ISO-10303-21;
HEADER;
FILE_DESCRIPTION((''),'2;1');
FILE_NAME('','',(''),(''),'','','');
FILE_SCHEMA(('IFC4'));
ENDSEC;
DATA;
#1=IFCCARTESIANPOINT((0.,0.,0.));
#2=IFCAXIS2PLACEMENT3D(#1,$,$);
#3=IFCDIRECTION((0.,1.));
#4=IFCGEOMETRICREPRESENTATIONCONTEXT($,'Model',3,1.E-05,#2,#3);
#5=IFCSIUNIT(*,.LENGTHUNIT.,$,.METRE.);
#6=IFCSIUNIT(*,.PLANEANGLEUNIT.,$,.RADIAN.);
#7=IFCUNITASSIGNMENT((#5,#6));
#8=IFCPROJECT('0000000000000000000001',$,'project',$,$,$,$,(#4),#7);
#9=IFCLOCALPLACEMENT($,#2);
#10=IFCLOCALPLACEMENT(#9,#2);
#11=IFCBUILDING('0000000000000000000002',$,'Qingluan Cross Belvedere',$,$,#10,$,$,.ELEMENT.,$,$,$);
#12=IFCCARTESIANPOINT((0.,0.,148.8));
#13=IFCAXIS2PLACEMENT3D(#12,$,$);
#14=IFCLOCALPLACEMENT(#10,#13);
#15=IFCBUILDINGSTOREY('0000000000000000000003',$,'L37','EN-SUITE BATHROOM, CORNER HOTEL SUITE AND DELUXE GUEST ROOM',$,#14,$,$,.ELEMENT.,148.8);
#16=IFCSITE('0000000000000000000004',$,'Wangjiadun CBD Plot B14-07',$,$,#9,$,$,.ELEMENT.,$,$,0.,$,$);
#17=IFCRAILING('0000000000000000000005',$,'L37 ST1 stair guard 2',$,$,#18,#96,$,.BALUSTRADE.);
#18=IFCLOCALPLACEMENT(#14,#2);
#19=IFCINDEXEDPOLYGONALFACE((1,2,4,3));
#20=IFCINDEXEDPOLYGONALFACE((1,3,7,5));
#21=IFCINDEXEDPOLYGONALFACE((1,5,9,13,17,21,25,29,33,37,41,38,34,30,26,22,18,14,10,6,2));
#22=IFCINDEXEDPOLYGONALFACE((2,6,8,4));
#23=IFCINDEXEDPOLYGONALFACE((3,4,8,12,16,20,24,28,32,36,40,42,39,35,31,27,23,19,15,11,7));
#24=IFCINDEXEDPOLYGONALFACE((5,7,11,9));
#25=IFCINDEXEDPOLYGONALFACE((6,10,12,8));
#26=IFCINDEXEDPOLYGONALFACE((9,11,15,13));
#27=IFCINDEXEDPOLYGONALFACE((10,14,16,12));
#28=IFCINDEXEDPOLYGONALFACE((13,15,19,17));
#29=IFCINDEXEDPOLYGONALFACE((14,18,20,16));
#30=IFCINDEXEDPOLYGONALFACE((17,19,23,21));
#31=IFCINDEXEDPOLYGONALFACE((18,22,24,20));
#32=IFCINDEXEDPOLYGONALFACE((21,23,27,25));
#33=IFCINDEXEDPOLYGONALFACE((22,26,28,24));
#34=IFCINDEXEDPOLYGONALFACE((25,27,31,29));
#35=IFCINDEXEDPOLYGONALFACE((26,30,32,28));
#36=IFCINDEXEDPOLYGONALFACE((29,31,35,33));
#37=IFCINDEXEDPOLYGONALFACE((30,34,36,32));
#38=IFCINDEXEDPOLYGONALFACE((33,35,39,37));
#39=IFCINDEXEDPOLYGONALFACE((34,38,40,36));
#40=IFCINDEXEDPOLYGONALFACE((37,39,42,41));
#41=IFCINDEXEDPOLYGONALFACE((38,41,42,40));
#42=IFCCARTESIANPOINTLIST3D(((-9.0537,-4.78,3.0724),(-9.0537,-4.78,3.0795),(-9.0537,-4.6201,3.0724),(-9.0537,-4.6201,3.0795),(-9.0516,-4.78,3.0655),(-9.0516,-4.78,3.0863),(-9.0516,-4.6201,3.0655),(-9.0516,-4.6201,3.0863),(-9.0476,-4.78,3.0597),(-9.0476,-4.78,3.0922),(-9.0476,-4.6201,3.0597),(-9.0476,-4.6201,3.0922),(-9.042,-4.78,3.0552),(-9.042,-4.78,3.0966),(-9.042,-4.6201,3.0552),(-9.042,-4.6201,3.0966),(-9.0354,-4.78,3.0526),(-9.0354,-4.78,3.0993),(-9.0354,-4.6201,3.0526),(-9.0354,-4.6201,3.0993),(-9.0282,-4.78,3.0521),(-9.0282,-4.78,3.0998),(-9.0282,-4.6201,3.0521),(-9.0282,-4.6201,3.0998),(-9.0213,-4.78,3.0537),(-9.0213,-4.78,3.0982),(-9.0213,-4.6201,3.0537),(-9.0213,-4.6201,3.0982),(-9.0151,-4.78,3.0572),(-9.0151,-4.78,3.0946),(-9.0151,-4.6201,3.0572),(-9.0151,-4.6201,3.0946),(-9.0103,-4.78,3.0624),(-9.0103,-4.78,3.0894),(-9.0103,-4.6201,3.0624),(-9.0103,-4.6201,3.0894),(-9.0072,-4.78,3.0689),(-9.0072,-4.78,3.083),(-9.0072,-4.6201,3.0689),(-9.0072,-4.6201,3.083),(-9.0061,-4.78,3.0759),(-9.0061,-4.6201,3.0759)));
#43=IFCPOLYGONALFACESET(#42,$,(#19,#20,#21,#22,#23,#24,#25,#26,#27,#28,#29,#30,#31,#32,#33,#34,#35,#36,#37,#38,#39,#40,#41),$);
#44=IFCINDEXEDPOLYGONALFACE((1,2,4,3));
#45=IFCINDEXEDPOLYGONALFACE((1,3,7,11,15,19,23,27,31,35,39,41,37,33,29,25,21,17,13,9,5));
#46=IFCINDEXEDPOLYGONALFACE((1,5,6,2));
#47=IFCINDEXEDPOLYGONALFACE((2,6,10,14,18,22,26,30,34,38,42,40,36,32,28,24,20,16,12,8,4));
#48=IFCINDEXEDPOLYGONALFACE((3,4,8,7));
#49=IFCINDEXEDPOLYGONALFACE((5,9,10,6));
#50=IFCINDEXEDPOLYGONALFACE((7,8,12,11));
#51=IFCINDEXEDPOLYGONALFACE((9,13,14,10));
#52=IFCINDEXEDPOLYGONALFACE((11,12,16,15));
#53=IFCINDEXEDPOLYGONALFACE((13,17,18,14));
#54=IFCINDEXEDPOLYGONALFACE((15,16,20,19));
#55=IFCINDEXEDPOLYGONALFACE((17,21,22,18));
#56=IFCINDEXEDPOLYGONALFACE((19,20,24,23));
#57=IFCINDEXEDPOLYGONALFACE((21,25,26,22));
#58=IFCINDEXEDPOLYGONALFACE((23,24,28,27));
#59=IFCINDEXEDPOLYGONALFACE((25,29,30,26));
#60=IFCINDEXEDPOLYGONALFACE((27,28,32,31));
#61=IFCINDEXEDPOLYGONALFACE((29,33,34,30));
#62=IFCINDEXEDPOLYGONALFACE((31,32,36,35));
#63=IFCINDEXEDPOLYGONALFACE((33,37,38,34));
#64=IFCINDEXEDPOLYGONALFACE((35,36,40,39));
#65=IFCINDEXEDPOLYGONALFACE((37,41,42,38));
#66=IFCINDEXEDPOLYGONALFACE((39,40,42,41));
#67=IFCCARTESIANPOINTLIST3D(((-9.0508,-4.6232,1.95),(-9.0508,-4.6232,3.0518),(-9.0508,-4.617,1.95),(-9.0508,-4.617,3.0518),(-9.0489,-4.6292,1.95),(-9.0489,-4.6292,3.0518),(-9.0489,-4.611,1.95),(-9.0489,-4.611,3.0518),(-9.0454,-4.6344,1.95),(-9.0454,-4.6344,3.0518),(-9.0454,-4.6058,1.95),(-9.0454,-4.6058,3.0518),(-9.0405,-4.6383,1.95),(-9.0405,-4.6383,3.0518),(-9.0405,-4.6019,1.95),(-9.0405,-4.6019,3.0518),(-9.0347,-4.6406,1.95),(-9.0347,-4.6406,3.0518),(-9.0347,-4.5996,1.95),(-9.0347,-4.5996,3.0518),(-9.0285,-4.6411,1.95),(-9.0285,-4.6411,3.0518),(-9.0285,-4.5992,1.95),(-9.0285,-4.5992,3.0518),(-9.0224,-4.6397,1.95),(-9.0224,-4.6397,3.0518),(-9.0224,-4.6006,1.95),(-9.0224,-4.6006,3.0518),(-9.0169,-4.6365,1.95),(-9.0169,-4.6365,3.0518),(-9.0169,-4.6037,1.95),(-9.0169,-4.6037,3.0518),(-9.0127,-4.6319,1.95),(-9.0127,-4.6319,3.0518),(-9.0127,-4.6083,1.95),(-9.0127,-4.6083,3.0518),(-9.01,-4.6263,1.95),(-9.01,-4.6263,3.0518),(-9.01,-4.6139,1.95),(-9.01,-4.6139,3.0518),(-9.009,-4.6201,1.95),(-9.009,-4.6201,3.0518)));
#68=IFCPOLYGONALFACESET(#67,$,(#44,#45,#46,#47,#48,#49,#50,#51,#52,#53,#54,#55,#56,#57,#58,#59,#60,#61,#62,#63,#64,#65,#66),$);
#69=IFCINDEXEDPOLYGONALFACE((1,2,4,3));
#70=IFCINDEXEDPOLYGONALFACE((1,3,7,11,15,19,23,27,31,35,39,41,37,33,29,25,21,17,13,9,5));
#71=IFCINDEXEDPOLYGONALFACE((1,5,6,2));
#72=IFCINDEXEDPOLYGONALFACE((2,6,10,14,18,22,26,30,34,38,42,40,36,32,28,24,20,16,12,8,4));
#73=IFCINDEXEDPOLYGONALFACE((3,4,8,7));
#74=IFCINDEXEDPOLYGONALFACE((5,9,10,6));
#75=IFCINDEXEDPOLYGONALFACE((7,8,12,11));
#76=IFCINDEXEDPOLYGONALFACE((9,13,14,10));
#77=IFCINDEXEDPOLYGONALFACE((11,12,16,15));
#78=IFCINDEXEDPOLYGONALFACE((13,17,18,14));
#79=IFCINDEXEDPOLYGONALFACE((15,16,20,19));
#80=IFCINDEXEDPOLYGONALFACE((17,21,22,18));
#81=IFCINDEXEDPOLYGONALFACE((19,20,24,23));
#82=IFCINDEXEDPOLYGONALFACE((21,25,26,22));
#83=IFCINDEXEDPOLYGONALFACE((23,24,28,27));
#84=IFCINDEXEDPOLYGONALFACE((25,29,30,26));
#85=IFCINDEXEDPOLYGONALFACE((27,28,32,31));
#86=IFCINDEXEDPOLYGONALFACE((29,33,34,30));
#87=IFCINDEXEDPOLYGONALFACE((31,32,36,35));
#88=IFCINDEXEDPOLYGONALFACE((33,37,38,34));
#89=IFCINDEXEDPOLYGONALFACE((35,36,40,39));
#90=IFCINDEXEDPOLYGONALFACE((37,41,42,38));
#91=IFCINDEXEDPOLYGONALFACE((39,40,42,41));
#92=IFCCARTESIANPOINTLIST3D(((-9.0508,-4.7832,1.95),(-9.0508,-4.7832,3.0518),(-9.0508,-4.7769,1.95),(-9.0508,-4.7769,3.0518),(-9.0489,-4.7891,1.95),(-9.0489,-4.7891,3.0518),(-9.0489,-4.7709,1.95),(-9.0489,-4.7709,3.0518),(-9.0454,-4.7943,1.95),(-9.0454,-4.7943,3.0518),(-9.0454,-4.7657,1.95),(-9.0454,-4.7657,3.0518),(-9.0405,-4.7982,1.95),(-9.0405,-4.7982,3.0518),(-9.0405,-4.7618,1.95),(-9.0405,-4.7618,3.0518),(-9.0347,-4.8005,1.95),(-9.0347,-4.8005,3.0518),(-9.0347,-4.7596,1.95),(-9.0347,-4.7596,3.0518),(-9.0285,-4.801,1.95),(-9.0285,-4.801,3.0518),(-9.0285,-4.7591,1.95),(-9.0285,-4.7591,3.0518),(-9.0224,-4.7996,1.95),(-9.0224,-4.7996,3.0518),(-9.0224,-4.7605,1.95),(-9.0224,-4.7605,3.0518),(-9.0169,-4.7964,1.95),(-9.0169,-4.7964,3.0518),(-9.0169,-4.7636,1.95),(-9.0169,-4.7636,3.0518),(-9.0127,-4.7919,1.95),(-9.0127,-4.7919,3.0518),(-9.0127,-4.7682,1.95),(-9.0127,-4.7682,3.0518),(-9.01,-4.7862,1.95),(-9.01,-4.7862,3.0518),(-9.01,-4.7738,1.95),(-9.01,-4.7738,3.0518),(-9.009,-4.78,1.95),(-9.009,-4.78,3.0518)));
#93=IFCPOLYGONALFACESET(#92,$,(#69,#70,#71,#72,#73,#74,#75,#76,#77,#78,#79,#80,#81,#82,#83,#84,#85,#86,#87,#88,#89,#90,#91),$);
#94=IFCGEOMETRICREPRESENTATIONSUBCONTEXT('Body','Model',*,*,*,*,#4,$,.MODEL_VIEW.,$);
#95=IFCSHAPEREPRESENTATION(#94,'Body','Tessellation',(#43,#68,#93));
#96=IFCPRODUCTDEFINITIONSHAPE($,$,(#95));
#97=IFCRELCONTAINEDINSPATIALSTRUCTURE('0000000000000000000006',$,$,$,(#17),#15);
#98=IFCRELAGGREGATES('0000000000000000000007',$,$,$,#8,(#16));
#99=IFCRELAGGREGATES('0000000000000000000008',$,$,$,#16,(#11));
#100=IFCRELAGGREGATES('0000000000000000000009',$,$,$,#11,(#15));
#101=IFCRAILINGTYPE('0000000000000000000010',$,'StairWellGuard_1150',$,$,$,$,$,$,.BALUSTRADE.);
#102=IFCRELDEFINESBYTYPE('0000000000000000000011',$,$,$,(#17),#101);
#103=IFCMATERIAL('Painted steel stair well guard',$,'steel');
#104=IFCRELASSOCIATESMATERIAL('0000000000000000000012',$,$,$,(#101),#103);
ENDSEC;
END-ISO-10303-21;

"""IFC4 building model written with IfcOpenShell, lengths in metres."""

from ifc_helpers import new_model, si_unit, direction, frame, origin, origin_2d, place, context, subcontext, project, spatial, circle, extrude, material, type_object, element, save


model = new_model("IFC4")

# Units and contexts
model_context = context("Model", 3, precision=1e-05, world=origin(), true_north=direction((0.0, 1.0)))
body_context = subcontext(model_context, "Body", "Model", "MODEL_VIEW")
ifc_project = project(units=[si_unit("LENGTHUNIT", "METRE"), si_unit("PLANEANGLEUNIT", "RADIAN")], contexts=[model_context])

# Site, building, storey
site_placement = place(None, origin())
site = spatial("IfcSite", under=ifc_project, at=site_placement, Name="Wangjiadun CBD Plot B14-07", CompositionType="ELEMENT", RefElevation=0.0)
building_placement = place(site_placement, origin())
building = spatial("IfcBuilding", under=site, at=building_placement, Name="Qingluan Cross Belvedere", CompositionType="ELEMENT")
storey_placement = place(building_placement, frame((0.0, 0.0, 148.8)))
storey = spatial("IfcBuildingStorey", under=building, at=storey_placement, Name="L37", Description="EN-SUITE BATHROOM, CORNER HOTEL SUITE AND DELUXE GUEST ROOM", CompositionType="ELEMENT", Elevation=148.8)

# Railing
ifc_material_1 = material(Name="Painted steel stair well guard", Category="steel")
railing_type_1 = type_object("IfcRailingType", Name="StairWellGuard_1150", PredefinedType="BALUSTRADE", material=ifc_material_1)
railing_1_placement = place(storey_placement, frame((-9.03, -4.6201, 1.95)))
element("IfcRailing", 1, at=railing_1_placement, inside=storey, type_object=railing_type_1, Name="L37 ST1 stair guard 2", PredefinedType="BALUSTRADE", context=body_context, shape_type="SweptSolid", body=[
    extrude(circle(Radius=0.0239, at=origin_2d()), frame((0.0, 0.0, 1.126), z_axis=(0.0, -1.0, 0.0), x_axis=(1.0, 0.0, 0.0)), (0.0, 0.0, 1.0), 0.1599),
    extrude(circle(Radius=0.021, at=origin_2d()), origin(), (0.0, 0.0, 1.0), 1.1018),
    extrude(circle(Radius=0.021, at=origin_2d()), frame((0.0, -0.1599, 0.0)), (0.0, 0.0, 1.0), 1.1018),
])

save(model, "model.ifc")
